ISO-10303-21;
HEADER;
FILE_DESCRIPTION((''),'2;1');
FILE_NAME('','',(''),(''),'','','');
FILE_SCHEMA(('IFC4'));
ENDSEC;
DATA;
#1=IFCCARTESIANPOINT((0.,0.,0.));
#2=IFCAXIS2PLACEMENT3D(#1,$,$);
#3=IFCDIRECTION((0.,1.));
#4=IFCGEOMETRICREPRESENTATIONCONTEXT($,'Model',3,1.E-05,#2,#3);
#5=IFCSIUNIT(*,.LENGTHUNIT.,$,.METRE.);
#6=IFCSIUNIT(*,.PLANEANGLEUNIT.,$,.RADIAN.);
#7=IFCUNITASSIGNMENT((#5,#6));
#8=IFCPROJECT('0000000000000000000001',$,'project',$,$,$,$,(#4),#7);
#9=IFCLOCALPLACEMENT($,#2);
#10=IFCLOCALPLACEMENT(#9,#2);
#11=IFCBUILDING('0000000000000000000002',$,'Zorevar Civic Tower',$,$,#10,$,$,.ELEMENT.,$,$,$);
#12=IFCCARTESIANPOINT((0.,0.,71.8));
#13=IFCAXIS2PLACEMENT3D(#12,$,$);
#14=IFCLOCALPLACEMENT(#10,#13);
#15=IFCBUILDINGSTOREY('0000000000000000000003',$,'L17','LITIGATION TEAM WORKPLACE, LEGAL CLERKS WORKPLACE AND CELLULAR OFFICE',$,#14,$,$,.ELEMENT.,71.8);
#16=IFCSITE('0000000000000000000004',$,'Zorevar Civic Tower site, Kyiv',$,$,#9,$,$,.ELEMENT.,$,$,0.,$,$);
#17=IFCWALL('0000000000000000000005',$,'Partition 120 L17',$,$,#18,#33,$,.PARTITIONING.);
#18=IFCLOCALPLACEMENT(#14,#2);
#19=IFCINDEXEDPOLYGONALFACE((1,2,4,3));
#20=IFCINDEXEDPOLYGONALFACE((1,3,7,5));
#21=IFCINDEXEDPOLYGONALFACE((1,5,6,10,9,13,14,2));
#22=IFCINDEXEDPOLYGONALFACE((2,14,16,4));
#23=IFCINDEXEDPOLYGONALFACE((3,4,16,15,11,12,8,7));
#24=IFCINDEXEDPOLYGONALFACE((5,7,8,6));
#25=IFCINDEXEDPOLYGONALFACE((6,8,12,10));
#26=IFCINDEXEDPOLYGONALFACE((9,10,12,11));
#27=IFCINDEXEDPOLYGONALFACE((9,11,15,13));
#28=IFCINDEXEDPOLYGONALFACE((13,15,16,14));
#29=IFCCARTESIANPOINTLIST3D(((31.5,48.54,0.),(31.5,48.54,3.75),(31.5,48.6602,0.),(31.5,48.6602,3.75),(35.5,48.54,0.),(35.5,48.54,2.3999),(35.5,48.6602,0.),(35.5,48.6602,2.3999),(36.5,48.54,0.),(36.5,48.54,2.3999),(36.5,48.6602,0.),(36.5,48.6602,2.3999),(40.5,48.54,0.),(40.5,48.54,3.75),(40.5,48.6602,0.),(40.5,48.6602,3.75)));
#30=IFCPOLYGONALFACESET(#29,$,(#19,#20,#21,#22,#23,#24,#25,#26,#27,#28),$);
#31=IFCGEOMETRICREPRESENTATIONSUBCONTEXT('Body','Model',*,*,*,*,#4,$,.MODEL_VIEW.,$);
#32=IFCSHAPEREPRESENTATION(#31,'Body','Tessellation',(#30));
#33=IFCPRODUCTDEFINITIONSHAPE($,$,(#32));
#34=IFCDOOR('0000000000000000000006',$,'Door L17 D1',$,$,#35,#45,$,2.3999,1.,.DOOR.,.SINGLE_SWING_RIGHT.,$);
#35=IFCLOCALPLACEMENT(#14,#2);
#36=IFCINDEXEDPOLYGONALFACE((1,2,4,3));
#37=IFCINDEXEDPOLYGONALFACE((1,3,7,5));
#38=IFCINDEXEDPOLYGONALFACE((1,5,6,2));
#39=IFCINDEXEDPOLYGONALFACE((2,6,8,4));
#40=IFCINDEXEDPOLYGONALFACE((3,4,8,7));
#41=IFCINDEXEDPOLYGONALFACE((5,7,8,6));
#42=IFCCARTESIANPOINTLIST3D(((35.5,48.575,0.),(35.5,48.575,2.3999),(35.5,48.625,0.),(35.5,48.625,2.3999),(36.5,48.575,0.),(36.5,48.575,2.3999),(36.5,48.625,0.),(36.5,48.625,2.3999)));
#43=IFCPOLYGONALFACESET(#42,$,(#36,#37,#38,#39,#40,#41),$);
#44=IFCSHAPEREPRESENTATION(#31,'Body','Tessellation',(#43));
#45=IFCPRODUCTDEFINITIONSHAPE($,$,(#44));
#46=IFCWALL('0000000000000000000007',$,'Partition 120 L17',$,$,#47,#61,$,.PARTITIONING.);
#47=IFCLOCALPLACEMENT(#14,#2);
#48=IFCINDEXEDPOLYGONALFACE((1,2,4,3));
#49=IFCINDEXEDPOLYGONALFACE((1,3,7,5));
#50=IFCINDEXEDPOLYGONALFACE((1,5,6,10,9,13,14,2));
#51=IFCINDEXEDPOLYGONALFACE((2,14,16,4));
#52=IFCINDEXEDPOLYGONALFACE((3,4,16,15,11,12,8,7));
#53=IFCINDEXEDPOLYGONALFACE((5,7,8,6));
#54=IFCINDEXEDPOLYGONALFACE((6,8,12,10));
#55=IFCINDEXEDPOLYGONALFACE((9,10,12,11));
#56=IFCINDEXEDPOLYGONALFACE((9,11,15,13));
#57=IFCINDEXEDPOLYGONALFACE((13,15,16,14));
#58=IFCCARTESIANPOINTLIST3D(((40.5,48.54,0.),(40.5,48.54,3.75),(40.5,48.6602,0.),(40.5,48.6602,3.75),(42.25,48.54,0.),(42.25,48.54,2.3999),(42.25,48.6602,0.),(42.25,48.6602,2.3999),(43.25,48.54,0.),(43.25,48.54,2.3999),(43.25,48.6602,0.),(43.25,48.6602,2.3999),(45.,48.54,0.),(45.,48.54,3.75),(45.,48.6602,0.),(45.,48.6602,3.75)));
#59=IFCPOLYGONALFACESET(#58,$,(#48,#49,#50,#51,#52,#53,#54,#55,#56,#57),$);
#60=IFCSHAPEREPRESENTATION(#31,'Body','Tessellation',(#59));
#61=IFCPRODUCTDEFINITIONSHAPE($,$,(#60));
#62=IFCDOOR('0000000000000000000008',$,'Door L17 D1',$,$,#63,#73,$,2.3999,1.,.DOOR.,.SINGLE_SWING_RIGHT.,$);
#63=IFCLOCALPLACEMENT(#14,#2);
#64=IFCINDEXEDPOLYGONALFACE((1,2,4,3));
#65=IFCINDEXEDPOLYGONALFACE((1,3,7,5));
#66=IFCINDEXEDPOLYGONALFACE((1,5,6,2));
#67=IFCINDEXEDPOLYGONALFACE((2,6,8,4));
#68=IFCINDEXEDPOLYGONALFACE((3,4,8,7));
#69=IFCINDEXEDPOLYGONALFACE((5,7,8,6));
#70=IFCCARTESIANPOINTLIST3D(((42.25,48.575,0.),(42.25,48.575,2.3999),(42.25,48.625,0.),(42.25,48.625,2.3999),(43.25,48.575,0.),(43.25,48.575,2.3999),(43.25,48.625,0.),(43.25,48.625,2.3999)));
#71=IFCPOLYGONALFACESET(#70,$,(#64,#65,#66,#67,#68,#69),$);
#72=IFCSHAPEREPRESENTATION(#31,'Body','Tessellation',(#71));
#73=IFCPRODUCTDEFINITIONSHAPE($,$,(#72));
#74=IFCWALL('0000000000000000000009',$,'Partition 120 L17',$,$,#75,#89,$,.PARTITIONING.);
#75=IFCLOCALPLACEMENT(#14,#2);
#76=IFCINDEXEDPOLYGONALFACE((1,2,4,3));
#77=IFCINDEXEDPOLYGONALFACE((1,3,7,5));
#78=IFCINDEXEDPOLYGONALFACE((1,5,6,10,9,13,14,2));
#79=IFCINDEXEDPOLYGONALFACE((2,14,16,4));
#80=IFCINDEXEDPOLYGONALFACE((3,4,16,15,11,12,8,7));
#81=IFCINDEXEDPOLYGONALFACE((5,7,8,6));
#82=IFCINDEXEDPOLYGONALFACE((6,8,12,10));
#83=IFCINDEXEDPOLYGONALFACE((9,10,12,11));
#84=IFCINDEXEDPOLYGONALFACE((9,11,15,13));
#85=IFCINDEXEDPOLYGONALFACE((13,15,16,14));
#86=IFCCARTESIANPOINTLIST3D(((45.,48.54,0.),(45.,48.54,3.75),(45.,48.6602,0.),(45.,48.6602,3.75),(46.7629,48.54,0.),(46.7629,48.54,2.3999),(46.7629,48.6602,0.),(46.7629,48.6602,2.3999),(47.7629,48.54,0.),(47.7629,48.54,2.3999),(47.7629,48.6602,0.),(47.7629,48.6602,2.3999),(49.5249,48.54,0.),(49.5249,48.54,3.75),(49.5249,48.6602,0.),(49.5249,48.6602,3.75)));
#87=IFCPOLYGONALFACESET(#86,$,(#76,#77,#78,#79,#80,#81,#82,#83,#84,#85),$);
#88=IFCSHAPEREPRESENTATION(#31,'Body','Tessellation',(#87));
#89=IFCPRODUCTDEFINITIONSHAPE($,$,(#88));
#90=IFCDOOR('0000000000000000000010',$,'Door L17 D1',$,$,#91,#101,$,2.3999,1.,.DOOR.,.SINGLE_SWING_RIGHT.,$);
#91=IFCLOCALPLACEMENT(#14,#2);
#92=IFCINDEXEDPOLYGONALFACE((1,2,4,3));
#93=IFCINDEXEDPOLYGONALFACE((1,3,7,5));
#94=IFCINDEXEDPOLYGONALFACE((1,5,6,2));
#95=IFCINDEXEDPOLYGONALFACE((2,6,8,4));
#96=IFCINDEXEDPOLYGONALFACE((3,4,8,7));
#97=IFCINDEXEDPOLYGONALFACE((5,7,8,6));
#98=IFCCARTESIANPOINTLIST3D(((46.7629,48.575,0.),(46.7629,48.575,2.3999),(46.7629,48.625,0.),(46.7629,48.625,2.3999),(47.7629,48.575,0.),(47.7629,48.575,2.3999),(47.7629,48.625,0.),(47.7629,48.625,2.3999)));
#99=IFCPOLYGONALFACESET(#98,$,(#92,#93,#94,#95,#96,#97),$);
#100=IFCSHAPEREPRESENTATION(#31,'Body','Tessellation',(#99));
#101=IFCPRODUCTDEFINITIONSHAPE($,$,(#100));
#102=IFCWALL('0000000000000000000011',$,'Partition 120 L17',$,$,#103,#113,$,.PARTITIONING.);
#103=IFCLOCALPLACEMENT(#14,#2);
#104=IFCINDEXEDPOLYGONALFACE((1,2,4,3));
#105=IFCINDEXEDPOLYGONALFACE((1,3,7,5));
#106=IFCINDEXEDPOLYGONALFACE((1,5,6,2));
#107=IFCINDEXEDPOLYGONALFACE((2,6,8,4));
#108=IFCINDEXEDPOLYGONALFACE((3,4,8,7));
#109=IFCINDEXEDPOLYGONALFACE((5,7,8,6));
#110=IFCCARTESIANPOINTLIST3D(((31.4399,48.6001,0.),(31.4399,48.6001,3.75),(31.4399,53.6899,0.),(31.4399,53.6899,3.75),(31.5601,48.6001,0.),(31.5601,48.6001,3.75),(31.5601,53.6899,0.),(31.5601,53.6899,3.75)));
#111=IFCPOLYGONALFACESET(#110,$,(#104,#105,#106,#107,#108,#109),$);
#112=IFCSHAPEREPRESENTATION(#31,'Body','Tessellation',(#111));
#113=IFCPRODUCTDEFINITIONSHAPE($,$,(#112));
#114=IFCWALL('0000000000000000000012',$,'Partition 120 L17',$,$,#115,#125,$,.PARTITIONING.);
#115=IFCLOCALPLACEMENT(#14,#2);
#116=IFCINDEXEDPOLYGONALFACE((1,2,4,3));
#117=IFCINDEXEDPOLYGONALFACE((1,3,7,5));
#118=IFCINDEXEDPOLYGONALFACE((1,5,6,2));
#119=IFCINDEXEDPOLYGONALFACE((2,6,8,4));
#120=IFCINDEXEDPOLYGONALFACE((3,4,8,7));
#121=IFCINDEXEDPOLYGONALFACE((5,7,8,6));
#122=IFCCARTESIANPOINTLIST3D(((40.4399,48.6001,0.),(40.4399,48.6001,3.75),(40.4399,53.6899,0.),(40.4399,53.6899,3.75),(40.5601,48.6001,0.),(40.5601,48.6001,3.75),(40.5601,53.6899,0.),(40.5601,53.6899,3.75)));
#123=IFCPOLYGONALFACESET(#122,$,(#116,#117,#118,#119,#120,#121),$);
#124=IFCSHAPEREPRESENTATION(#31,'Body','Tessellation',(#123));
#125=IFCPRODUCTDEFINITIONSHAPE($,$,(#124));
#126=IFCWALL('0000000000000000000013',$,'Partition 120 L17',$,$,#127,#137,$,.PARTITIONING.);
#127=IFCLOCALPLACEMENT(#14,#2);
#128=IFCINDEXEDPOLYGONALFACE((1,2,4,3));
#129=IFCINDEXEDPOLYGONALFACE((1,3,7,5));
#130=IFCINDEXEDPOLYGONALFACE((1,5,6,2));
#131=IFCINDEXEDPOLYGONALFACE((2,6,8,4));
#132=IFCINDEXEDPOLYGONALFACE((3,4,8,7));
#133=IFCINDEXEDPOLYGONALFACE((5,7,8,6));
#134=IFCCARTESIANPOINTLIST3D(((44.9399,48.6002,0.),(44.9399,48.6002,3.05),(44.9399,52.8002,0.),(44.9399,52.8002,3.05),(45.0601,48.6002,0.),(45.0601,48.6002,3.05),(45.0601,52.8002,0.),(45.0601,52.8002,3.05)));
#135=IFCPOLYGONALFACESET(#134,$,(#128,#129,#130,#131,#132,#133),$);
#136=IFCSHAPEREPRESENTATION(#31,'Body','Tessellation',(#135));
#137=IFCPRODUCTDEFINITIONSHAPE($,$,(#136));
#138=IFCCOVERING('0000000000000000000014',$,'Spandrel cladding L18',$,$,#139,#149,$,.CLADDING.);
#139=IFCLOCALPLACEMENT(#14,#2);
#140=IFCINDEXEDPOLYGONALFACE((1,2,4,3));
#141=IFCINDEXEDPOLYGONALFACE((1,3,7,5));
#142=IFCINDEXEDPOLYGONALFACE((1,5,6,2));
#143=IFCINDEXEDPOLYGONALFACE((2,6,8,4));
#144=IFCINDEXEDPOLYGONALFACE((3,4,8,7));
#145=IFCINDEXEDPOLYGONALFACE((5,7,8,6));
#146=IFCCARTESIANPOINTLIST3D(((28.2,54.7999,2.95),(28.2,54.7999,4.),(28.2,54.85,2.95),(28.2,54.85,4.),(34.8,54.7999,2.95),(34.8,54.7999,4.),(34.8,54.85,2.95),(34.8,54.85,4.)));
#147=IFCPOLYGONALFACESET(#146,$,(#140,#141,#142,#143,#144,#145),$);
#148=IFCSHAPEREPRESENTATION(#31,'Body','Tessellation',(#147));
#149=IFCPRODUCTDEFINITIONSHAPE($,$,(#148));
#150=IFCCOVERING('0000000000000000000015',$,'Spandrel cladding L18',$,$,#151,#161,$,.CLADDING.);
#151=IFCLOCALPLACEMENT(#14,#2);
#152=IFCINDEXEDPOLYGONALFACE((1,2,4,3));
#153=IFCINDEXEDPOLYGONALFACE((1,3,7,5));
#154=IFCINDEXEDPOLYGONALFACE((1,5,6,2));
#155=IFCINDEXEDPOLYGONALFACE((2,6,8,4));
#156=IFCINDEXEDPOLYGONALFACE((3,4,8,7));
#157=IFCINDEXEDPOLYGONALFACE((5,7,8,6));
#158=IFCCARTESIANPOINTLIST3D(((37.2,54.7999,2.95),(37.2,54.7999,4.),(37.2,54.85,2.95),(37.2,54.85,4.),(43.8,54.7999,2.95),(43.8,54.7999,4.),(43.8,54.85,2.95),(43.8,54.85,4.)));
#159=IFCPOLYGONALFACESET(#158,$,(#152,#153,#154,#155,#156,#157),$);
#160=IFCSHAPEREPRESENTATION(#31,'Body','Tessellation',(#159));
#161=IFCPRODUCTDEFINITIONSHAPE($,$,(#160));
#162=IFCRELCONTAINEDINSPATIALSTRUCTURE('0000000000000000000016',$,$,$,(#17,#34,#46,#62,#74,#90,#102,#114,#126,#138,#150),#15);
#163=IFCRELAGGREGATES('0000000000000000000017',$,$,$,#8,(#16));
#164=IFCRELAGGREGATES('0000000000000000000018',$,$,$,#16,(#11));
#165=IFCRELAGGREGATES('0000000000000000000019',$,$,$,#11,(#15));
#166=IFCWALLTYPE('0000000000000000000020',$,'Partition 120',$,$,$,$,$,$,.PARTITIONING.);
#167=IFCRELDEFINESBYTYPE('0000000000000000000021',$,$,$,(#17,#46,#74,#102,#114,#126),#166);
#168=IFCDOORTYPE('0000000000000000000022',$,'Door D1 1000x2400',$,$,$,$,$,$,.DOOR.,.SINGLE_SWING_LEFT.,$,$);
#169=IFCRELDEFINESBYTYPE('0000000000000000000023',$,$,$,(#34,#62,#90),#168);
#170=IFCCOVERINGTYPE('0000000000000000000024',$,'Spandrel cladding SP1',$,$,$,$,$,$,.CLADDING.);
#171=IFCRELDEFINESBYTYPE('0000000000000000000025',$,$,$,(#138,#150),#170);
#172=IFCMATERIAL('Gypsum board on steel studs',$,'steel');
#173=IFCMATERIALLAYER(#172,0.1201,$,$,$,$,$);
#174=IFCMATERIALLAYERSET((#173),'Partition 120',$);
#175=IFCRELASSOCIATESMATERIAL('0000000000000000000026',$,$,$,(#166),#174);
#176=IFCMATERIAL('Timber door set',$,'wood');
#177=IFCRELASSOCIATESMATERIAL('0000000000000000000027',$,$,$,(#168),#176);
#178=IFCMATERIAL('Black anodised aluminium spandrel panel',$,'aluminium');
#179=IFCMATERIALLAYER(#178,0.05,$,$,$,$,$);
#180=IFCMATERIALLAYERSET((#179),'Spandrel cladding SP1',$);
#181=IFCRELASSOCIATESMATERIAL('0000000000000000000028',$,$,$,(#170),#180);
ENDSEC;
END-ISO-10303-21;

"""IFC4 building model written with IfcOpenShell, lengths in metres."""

from ifc_helpers import new_model, si_unit, direction, frame, frame_2d, origin, place, context, subcontext, project, spatial, rectangle, extrude, material, layer, layer_set, type_object, element, fill, save


model = new_model("IFC4")

# Units and contexts
model_context = context("Model", 3, precision=1e-05, world=origin(), true_north=direction((0.0, 1.0)))
body_context = subcontext(model_context, "Body", "Model", "MODEL_VIEW")
ifc_project = project(units=[si_unit("LENGTHUNIT", "METRE"), si_unit("PLANEANGLEUNIT", "RADIAN")], contexts=[model_context])

# Site, building, storey
site_placement = place(None, origin())
site = spatial("IfcSite", under=ifc_project, at=site_placement, Name="Zorevar Civic Tower site, Kyiv", CompositionType="ELEMENT", RefElevation=0.0)
building_placement = place(site_placement, origin())
building = spatial("IfcBuilding", under=site, at=building_placement, Name="Zorevar Civic Tower", CompositionType="ELEMENT")
storey_placement = place(building_placement, frame((0.0, 0.0, 71.8)))
storey = spatial("IfcBuildingStorey", under=building, at=storey_placement, Name="L17", Description="LITIGATION TEAM WORKPLACE, LEGAL CLERKS WORKPLACE AND CELLULAR OFFICE", CompositionType="ELEMENT", Elevation=71.8)

# Walls, openings, doors
ifc_material_1 = material(Name="Gypsum board on steel studs", Category="steel")
ifc_layer_1 = layer(ifc_material_1, 0.1201)
ifc_layer_set_1 = layer_set([ifc_layer_1], Name="Partition 120")
wall_type = type_object("IfcWallType", Name="Partition 120", PredefinedType="PARTITIONING", material=ifc_layer_set_1)
wall_1_placement = place(storey_placement, frame((31.5, 48.6001, 0.0), z_axis=(0.0, 0.0, 1.0), x_axis=(1.0, 0.0, 0.0)))
wall_1 = element("IfcWall", 1, at=wall_1_placement, inside=storey, type_object=wall_type, Name="Partition 120 L17", PredefinedType="PARTITIONING", context=body_context, shape_type="SweptSolid", body=[
    extrude(rectangle(XDim=9.0, YDim=0.1201, at=frame_2d((4.5, 0.0))), origin(), (0.0, 0.0, 1.0), 3.75),
])
opening_1_placement = place(wall_1_placement, frame((4.0, 0.0, 0.0)))
opening_1 = element("IfcOpeningElement", 2, at=opening_1_placement, cuts=wall_1, PredefinedType="OPENING", context=body_context, shape_type="SweptSolid", body=[
    extrude(rectangle(XDim=1.0, YDim=2.3999, at=frame_2d((0.5, 1.2))), frame((0.0, 0.0701, 0.0), z_axis=(0.0, -1.0, 0.0), x_axis=(1.0, 0.0, 0.0)), (0.0, 0.0, 1.0), 0.1401),
])
ifc_material_2 = material(Name="Timber door set", Category="wood")
door_type = type_object("IfcDoorType", Name="Door D1 1000x2400", OperationType="SINGLE_SWING_LEFT", PredefinedType="DOOR", material=ifc_material_2)
door_1_placement = place(opening_1_placement, origin())
door_1 = element("IfcDoor", 3, at=door_1_placement, inside=storey, type_object=door_type, Name="Door L17 D1", OperationType="SINGLE_SWING_RIGHT", OverallHeight=2.3999, OverallWidth=1.0, PredefinedType="DOOR", context=body_context, shape_type="SweptSolid", body=[
    extrude(rectangle(XDim=1.0, YDim=2.3999, at=frame_2d((0.5, 1.2))), frame((0.0, 0.0249, 0.0), z_axis=(0.0, -1.0, 0.0), x_axis=(1.0, 0.0, 0.0)), (0.0, 0.0, 1.0), 0.05),
])
fill(opening_1, door_1)
wall_2_placement = place(storey_placement, frame((40.5, 48.6001, 0.0), z_axis=(0.0, 0.0, 1.0), x_axis=(1.0, 0.0, 0.0)))
wall_2 = element("IfcWall", 4, at=wall_2_placement, inside=storey, type_object=wall_type, Name="Partition 120 L17", PredefinedType="PARTITIONING", context=body_context, shape_type="SweptSolid", body=[
    extrude(rectangle(XDim=4.5, YDim=0.1201, at=frame_2d((2.25, 0.0))), origin(), (0.0, 0.0, 1.0), 3.75),
])
opening_2_placement = place(wall_2_placement, frame((1.75, 0.0, 0.0)))
opening_2 = element("IfcOpeningElement", 5, at=opening_2_placement, cuts=wall_2, PredefinedType="OPENING", context=body_context, shape_type="SweptSolid", body=[
    extrude(rectangle(XDim=1.0, YDim=2.3999, at=frame_2d((0.5, 1.2))), frame((0.0, 0.0701, 0.0), z_axis=(0.0, -1.0, 0.0), x_axis=(1.0, 0.0, 0.0)), (0.0, 0.0, 1.0), 0.1401),
])
door_2_placement = place(opening_2_placement, origin())
door_2 = element("IfcDoor", 6, at=door_2_placement, inside=storey, type_object=door_type, Name="Door L17 D1", OperationType="SINGLE_SWING_RIGHT", OverallHeight=2.3999, OverallWidth=1.0, PredefinedType="DOOR", context=body_context, shape_type="SweptSolid", body=[
    extrude(rectangle(XDim=1.0, YDim=2.3999, at=frame_2d((0.5, 1.2))), frame((0.0, 0.0249, 0.0), z_axis=(0.0, -1.0, 0.0), x_axis=(1.0, 0.0, 0.0)), (0.0, 0.0, 1.0), 0.05),
])
fill(opening_2, door_2)
wall_3_placement = place(storey_placement, frame((45.0, 48.6001, 0.0), z_axis=(0.0, 0.0, 1.0), x_axis=(1.0, 0.0, 0.0)))
wall_3 = element("IfcWall", 7, at=wall_3_placement, inside=storey, type_object=wall_type, Name="Partition 120 L17", PredefinedType="PARTITIONING", context=body_context, shape_type="SweptSolid", body=[
    extrude(rectangle(XDim=4.5249, YDim=0.1201, at=frame_2d((2.2625, 0.0))), origin(), (0.0, 0.0, 1.0), 3.75),
])
opening_3_placement = place(wall_3_placement, frame((1.7629, 0.0, 0.0)))
opening_3 = element("IfcOpeningElement", 8, at=opening_3_placement, cuts=wall_3, PredefinedType="OPENING", context=body_context, shape_type="SweptSolid", body=[
    extrude(rectangle(XDim=1.0, YDim=2.3999, at=frame_2d((0.5, 1.2))), frame((0.0, 0.0701, 0.0), z_axis=(0.0, -1.0, 0.0), x_axis=(1.0, 0.0, 0.0)), (0.0, 0.0, 1.0), 0.1401),
])
door_3_placement = place(opening_3_placement, origin())
door_3 = element("IfcDoor", 9, at=door_3_placement, inside=storey, type_object=door_type, Name="Door L17 D1", OperationType="SINGLE_SWING_RIGHT", OverallHeight=2.3999, OverallWidth=1.0, PredefinedType="DOOR", context=body_context, shape_type="SweptSolid", body=[
    extrude(rectangle(XDim=1.0, YDim=2.3999, at=frame_2d((0.5, 1.2))), frame((0.0, 0.0249, 0.0), z_axis=(0.0, -1.0, 0.0), x_axis=(1.0, 0.0, 0.0)), (0.0, 0.0, 1.0), 0.05),
])
fill(opening_3, door_3)

# Walls
for number, where, z_axis, x_axis, name in (
    (10, (31.5, 48.6001, 0.0), (0.0, 0.0, 1.0), (0.0, 1.0, 0.0), "Partition 120 L17"),
    (11, (40.5, 48.6001, 0.0), (0.0, 0.0, 1.0), (0.0, 1.0, 0.0), "Partition 120 L17"),
):
    element("IfcWall", number, at=place(storey_placement, frame(where, z_axis=z_axis, x_axis=x_axis)), inside=storey, type_object=wall_type, Name=name, PredefinedType="PARTITIONING", context=body_context, shape_type="SweptSolid", body=[
        extrude(rectangle(XDim=5.0898, YDim=0.1201, at=frame_2d((2.5449, 0.0))), origin(), (0.0, 0.0, 1.0), 3.75),
    ])
wall_4_placement = place(storey_placement, frame((45.0, 48.6001, 0.0), z_axis=(0.0, 0.0, 1.0), x_axis=(0.0, 1.0, 0.0)))
element("IfcWall", 12, at=wall_4_placement, inside=storey, type_object=wall_type, Name="Partition 120 L17", PredefinedType="PARTITIONING", context=body_context, shape_type="SweptSolid", body=[
    extrude(rectangle(XDim=4.2, YDim=0.1201, at=frame_2d((2.1001, 0.0))), origin(), (0.0, 0.0, 1.0), 3.05),
])

# Coverings
ifc_material_3 = material(Name="Black anodised aluminium spandrel panel", Category="aluminium")
ifc_layer_2 = layer(ifc_material_3, 0.05)
ifc_layer_set_2 = layer_set([ifc_layer_2], Name="Spandrel cladding SP1")
covering_type = type_object("IfcCoveringType", Name="Spandrel cladding SP1", PredefinedType="CLADDING", material=ifc_layer_set_2)
for number, where, z_axis, x_axis, name in (
    (13, (28.2, 54.825, 2.95), (0.0, 0.0, 1.0), (1.0, 0.0, 0.0), "Spandrel cladding L18"),
    (14, (37.2, 54.825, 2.95), (0.0, 0.0, 1.0), (1.0, 0.0, 0.0), "Spandrel cladding L18"),
):
    element("IfcCovering", number, at=place(storey_placement, frame(where, z_axis=z_axis, x_axis=x_axis)), inside=storey, type_object=covering_type, Name=name, PredefinedType="CLADDING", context=body_context, shape_type="SweptSolid", body=[
        extrude(rectangle(XDim=6.6001, YDim=0.05, at=frame_2d((3.3, 0.0))), origin(), (0.0, 0.0, 1.0), 1.05),
    ])

save(model, "model.ifc")
